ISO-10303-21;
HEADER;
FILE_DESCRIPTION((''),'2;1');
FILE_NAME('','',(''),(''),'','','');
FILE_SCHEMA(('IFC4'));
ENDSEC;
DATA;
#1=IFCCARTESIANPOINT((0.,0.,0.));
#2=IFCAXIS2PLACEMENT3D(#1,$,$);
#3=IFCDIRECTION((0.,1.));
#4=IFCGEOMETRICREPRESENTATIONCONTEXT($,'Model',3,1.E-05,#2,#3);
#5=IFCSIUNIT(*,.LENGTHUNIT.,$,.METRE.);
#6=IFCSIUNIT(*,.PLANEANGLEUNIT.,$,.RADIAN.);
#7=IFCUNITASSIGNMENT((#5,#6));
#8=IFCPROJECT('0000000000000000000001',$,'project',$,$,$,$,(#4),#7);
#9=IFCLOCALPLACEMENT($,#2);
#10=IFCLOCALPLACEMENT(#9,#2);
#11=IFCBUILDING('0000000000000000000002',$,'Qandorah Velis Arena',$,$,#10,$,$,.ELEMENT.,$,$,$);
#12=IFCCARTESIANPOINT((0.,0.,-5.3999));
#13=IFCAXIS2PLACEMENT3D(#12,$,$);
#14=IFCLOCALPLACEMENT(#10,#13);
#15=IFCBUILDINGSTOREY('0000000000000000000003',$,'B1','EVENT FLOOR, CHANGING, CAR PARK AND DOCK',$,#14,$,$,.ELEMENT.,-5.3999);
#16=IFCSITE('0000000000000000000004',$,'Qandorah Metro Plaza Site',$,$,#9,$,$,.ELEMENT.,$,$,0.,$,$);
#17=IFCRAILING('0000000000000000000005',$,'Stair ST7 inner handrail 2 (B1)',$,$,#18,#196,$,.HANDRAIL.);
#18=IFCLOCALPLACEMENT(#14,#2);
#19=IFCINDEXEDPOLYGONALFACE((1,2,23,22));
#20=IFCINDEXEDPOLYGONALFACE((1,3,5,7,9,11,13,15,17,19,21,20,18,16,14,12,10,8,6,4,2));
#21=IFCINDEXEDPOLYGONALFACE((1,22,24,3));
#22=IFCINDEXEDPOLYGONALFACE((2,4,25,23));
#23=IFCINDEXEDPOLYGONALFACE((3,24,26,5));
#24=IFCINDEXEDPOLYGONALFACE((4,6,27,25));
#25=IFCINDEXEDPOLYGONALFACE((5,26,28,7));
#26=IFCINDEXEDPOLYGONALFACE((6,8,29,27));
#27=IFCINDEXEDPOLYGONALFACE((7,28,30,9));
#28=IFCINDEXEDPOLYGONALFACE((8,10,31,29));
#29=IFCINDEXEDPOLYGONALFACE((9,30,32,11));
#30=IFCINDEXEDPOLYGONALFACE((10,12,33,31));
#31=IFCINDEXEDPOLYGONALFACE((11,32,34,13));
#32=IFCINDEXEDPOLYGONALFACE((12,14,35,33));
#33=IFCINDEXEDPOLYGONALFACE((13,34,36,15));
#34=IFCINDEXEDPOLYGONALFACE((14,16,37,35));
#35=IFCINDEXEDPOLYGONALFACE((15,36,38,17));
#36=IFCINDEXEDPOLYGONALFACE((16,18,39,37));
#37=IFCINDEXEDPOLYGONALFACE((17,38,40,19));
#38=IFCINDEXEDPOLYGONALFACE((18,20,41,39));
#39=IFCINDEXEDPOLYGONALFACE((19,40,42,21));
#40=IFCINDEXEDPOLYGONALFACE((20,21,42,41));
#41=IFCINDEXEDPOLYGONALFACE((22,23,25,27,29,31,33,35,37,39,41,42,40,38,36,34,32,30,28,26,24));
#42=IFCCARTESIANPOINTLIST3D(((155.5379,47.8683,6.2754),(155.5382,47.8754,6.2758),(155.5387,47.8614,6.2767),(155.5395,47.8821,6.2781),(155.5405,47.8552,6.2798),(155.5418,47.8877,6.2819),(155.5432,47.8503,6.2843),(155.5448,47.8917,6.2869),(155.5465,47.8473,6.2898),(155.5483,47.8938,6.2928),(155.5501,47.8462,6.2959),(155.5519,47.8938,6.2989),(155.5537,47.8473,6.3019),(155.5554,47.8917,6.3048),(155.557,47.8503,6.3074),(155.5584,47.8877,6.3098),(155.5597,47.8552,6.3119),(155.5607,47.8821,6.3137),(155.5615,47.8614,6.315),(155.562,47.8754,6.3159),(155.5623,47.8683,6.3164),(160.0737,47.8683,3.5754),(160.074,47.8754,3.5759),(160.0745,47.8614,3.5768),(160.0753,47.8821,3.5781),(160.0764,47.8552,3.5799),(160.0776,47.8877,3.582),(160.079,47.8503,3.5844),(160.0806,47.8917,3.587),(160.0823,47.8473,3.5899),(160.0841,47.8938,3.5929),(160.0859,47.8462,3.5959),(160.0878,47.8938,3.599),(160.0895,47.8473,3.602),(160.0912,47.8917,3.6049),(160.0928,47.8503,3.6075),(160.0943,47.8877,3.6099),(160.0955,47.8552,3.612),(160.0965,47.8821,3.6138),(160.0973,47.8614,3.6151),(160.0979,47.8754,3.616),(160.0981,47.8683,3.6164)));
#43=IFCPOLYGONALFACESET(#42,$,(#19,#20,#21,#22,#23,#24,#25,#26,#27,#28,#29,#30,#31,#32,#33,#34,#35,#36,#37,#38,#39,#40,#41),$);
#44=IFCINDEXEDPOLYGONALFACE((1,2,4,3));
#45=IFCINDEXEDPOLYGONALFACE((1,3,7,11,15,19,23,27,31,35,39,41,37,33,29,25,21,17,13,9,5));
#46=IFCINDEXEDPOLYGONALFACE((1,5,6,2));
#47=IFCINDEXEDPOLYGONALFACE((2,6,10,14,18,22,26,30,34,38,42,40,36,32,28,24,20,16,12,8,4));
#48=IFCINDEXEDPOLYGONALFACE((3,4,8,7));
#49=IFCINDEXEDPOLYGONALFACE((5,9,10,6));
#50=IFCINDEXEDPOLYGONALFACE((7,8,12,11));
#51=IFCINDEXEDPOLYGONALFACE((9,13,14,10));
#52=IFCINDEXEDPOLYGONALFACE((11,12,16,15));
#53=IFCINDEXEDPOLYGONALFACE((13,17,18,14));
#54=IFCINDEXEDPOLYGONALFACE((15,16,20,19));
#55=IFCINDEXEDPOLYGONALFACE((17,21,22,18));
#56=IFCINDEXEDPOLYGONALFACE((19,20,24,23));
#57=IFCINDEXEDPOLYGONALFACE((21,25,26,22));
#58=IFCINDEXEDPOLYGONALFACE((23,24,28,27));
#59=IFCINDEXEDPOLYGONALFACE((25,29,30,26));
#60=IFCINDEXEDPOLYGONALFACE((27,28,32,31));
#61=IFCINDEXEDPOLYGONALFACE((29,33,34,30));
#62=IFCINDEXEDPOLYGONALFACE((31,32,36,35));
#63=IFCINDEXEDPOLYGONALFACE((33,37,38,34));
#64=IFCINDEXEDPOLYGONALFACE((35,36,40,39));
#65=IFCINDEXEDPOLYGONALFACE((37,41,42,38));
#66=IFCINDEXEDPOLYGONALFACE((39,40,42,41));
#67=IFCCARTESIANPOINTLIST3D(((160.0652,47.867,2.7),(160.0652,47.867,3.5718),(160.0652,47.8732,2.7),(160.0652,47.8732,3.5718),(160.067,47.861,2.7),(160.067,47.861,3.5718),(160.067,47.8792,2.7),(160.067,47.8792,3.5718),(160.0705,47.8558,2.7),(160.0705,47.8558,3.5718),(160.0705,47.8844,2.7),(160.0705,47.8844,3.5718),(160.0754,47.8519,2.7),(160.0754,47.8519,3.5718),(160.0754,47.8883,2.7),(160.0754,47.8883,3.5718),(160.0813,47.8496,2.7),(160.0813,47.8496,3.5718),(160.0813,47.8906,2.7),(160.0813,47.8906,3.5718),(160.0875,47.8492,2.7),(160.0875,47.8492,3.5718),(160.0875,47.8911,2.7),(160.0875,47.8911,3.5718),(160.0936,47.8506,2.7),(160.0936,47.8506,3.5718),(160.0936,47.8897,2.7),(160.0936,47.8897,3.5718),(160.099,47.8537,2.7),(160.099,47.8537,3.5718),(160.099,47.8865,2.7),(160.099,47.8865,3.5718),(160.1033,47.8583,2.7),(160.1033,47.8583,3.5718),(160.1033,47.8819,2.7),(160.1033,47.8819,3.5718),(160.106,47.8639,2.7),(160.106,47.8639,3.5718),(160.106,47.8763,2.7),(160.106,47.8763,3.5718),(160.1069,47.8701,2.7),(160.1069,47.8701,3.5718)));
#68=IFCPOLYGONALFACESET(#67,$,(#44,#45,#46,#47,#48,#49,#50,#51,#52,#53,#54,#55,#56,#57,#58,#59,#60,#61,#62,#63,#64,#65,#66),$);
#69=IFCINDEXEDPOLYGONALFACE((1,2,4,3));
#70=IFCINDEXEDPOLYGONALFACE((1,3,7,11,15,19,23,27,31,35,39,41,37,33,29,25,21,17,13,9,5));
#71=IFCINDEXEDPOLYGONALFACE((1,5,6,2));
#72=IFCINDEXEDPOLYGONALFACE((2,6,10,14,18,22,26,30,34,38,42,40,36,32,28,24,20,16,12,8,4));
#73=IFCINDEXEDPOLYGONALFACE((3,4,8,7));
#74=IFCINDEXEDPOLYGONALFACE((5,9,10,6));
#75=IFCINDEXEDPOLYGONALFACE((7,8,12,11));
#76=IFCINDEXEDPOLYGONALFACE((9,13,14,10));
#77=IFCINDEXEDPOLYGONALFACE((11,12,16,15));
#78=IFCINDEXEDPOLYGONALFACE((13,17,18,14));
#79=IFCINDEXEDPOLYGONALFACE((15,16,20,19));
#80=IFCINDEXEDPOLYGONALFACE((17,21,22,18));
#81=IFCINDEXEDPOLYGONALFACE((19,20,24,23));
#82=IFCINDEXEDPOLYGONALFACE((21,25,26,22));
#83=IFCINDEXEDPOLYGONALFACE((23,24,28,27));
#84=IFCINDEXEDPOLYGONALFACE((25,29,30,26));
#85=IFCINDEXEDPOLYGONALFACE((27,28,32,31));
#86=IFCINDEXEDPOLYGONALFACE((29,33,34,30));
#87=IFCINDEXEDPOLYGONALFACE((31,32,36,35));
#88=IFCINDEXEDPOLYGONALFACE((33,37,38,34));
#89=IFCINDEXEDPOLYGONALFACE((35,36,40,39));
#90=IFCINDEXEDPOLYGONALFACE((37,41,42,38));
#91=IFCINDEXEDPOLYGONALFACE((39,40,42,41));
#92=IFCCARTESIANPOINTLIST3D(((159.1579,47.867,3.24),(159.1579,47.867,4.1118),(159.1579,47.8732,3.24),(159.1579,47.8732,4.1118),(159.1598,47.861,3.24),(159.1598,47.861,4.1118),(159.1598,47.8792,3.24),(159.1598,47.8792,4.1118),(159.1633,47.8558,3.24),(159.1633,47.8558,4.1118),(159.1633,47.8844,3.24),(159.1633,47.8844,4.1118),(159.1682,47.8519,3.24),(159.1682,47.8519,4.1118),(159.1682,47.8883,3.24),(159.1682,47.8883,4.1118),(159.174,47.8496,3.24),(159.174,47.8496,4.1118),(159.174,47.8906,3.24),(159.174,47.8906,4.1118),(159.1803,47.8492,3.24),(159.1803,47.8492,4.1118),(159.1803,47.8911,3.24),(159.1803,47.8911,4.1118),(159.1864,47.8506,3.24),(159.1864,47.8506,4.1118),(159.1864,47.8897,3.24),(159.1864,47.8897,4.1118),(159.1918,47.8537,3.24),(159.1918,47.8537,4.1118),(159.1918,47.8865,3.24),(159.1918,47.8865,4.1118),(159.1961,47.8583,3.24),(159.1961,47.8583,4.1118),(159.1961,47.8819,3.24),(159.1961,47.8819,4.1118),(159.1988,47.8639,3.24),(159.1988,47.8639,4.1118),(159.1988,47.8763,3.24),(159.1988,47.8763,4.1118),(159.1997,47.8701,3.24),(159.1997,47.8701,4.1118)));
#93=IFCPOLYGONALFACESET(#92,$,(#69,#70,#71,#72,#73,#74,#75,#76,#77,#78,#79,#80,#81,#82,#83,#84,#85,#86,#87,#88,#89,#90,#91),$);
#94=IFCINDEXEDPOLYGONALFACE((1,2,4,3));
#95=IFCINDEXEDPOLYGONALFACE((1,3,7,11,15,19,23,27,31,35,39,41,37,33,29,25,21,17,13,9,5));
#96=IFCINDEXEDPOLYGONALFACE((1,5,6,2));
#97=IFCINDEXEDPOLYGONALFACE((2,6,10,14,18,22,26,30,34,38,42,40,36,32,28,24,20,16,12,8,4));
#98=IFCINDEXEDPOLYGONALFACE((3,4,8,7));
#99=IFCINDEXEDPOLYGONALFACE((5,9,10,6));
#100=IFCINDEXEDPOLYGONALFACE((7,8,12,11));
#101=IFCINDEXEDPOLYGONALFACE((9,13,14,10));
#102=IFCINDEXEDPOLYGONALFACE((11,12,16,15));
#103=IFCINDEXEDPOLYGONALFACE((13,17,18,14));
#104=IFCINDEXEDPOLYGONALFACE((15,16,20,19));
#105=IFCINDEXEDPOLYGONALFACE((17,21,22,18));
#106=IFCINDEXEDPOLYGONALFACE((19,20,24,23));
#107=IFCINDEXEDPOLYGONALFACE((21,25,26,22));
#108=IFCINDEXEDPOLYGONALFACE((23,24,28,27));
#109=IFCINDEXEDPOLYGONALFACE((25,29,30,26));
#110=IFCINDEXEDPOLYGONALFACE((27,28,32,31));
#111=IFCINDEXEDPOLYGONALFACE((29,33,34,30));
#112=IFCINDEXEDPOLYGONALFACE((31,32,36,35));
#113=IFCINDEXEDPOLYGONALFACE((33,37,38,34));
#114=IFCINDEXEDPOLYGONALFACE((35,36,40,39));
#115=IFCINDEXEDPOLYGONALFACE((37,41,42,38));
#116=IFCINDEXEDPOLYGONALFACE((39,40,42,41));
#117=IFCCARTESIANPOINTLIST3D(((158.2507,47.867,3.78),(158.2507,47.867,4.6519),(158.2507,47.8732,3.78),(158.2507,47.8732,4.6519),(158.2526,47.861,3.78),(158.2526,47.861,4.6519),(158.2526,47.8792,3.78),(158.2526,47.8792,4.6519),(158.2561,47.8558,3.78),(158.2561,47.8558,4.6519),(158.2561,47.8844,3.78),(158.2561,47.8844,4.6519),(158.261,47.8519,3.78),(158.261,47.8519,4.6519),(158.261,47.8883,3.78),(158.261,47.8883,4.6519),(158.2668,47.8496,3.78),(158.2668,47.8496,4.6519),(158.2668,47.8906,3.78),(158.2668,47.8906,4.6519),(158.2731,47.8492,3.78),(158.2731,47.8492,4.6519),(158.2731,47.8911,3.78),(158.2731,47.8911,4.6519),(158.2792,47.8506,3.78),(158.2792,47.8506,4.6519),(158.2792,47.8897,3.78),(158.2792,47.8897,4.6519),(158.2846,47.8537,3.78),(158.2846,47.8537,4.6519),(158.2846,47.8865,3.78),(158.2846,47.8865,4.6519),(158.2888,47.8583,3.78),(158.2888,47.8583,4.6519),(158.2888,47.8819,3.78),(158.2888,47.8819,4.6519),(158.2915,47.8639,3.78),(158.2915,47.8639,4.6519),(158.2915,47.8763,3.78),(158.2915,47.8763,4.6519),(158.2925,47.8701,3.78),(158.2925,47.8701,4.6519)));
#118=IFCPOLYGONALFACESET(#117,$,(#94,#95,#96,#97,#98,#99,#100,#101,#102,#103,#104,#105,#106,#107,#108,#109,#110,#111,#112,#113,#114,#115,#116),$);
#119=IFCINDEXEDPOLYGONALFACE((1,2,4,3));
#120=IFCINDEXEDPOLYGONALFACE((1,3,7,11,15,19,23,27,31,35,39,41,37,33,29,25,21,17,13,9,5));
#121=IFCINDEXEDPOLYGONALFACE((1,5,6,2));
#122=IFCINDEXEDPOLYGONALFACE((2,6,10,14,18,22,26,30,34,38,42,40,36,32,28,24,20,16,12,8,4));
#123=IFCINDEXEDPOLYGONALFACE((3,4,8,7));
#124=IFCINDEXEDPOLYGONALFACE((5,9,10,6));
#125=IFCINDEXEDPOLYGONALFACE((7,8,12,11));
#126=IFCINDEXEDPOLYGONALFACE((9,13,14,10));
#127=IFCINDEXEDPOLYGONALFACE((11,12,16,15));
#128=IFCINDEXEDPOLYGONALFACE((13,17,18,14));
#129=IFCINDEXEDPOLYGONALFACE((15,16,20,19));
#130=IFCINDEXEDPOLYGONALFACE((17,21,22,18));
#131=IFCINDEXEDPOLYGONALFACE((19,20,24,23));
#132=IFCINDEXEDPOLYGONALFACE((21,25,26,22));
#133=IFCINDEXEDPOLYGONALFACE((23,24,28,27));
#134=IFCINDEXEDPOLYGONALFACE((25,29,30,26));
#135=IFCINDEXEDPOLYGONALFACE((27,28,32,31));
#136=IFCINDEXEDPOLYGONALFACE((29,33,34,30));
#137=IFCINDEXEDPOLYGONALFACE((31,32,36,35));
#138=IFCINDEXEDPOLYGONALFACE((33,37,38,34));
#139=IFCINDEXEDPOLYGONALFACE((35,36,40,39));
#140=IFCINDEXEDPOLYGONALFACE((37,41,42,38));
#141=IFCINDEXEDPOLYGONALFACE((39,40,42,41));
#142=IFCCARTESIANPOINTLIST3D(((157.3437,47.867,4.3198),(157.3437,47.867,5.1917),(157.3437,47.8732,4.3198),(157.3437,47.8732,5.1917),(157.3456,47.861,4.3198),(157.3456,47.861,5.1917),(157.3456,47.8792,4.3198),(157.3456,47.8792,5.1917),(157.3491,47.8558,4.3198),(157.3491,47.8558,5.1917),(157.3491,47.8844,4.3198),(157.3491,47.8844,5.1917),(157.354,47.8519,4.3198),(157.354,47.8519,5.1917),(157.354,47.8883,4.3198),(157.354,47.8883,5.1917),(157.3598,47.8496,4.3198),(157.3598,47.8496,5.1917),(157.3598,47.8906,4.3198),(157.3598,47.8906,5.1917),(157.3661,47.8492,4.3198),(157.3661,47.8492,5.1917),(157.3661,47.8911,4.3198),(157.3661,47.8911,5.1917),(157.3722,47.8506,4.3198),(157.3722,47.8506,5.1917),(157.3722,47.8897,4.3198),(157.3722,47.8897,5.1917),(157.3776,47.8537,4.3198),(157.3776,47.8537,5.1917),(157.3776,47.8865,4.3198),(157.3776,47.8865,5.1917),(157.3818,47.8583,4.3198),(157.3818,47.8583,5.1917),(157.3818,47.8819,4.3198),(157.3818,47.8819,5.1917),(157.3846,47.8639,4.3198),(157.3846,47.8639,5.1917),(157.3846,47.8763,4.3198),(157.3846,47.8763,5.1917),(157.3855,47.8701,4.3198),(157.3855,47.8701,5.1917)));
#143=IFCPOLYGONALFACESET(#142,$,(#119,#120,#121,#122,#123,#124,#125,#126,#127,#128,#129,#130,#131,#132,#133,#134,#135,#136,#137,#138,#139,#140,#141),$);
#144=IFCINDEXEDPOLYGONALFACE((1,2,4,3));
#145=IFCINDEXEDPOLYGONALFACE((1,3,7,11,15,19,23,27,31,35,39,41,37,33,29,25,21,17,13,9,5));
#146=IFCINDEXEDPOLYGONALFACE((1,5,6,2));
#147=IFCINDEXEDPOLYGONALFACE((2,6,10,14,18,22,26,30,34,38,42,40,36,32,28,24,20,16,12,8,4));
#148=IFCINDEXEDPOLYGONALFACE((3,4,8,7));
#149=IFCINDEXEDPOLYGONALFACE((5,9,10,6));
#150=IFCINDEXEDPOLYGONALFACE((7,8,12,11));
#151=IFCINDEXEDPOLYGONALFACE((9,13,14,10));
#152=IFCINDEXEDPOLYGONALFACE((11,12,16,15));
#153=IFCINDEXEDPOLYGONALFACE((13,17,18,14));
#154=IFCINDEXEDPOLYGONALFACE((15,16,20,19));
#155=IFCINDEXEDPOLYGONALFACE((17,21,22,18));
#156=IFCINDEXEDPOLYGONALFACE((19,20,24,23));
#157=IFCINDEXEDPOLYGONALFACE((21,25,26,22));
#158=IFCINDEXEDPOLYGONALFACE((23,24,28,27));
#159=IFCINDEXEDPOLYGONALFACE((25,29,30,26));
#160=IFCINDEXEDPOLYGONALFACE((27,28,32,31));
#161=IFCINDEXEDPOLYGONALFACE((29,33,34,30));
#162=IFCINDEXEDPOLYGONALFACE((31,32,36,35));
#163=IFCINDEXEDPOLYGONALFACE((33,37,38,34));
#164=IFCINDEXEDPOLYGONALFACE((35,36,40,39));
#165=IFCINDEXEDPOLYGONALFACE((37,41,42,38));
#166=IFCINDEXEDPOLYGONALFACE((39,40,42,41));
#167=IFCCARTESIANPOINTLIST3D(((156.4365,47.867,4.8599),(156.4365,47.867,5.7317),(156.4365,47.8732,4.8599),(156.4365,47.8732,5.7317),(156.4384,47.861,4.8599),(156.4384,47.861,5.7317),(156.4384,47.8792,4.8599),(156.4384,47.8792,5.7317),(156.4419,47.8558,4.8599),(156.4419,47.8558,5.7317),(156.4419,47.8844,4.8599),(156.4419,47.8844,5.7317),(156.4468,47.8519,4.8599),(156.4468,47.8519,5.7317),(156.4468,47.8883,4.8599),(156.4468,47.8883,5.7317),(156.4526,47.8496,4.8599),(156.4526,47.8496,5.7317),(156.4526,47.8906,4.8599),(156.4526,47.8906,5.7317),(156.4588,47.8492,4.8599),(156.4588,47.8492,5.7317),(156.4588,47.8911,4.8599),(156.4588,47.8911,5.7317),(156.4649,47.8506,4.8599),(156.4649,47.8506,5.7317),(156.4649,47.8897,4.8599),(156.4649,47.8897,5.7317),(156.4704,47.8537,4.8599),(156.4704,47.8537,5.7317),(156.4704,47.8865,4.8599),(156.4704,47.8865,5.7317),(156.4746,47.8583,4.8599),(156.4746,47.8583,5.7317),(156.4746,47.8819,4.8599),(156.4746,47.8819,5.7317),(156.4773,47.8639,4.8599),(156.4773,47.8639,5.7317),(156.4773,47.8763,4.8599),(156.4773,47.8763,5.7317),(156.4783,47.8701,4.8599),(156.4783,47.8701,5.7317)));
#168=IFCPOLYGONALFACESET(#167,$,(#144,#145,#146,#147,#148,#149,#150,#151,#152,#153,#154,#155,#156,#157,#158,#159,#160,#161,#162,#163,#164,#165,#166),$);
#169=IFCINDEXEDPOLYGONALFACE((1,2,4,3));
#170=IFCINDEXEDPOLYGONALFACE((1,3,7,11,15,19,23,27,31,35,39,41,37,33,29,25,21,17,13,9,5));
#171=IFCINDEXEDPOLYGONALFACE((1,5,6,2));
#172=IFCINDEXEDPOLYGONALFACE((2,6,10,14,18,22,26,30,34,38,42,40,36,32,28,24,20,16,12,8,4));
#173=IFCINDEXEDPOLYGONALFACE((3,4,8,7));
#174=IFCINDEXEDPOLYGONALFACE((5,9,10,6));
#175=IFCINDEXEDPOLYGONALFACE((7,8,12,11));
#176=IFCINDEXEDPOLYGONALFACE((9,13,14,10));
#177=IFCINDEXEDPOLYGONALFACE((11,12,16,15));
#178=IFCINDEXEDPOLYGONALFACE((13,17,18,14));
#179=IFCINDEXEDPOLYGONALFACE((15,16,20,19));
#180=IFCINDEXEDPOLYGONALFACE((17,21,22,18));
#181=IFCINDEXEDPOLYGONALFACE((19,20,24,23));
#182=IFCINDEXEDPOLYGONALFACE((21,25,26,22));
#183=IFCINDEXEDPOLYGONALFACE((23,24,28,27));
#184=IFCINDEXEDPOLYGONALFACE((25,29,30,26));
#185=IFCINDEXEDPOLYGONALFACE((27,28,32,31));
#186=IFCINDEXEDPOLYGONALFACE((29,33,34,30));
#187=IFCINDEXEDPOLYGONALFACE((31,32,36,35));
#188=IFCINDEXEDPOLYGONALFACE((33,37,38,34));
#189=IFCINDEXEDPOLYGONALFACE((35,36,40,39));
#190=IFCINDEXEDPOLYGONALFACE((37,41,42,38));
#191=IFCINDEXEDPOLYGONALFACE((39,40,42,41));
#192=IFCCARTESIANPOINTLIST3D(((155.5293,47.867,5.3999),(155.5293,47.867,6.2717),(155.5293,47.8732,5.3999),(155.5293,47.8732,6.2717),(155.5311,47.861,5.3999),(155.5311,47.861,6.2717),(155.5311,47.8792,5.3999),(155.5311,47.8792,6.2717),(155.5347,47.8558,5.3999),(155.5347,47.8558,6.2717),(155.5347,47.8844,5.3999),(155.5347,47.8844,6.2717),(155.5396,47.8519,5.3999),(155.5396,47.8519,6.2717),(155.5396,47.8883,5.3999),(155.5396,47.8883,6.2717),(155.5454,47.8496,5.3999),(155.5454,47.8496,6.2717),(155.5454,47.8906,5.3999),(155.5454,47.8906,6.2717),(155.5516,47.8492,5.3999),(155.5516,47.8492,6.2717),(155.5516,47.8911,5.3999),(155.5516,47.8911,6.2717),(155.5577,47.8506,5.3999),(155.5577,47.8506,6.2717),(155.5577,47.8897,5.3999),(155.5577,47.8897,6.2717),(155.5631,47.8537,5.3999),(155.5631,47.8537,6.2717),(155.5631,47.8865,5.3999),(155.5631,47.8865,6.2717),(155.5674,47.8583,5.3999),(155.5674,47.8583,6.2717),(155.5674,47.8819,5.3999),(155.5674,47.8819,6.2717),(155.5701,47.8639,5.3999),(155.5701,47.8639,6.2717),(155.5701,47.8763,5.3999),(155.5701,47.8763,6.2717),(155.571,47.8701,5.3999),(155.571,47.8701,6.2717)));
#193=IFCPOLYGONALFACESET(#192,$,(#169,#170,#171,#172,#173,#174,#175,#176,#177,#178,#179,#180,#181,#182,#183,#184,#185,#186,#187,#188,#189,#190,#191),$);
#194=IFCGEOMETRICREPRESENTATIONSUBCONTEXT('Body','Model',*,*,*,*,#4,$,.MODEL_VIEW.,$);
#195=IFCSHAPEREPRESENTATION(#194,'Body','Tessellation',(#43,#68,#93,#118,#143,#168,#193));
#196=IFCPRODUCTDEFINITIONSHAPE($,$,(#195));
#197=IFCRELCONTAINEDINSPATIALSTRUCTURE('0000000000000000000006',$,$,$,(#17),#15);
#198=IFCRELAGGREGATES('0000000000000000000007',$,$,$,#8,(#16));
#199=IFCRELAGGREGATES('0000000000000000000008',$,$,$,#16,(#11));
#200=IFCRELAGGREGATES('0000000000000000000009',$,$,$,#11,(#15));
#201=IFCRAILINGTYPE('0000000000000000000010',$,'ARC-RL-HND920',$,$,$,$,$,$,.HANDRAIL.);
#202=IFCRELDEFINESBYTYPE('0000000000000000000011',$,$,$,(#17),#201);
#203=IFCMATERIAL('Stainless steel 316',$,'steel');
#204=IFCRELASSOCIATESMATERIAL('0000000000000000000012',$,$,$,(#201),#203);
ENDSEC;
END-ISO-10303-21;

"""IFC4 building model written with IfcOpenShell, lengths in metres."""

from ifc_helpers import new_model, si_unit, direction, frame, origin, origin_2d, place, context, subcontext, project, spatial, circle, extrude, material, type_object, element, save


model = new_model("IFC4")

# Units and contexts
model_context = context("Model", 3, precision=1e-05, world=origin(), true_north=direction((0.0, 1.0)))
body_context = subcontext(model_context, "Body", "Model", "MODEL_VIEW")
ifc_project = project(units=[si_unit("LENGTHUNIT", "METRE"), si_unit("PLANEANGLEUNIT", "RADIAN")], contexts=[model_context])

# Site, building, storey
site_placement = place(None, origin())
site = spatial("IfcSite", under=ifc_project, at=site_placement, Name="Qandorah Metro Plaza Site", CompositionType="ELEMENT", RefElevation=0.0)
building_placement = place(site_placement, origin())
building = spatial("IfcBuilding", under=site, at=building_placement, Name="Qandorah Velis Arena", CompositionType="ELEMENT")
storey_placement = place(building_placement, frame((0.0, 0.0, -5.3999)))
storey = spatial("IfcBuildingStorey", under=building, at=storey_placement, Name="B1", Description="EVENT FLOOR, CHANGING, CAR PARK AND DOCK", CompositionType="ELEMENT", Elevation=-5.3999)

# Railing
ifc_material_1 = material(Name="Stainless steel 316", Category="steel")
railing_type_1 = type_object("IfcRailingType", Name="ARC-RL-HND920", PredefinedType="HANDRAIL", material=ifc_material_1)
railing_1_placement = place(storey_placement, frame((160.0859, 47.8701, 2.7)))
element("IfcRailing", 1, at=railing_1_placement, inside=storey, type_object=railing_type_1, Name="Stair ST7 inner handrail 2 (B1)", PredefinedType="HANDRAIL", context=body_context, shape_type="SweptSolid", body=[
    extrude(circle(Radius=0.0239, at=origin_2d()), frame((0.0, 0.0, 0.896), z_axis=(-0.859291, 0.0, 0.511486), x_axis=(0.0, -1.0, 0.0)), (0.0, 0.0, 1.0), 5.2786),
    extrude(circle(Radius=0.021, at=origin_2d()), origin(), (0.0, 0.0, 1.0), 0.8718),
    extrude(circle(Radius=0.021, at=origin_2d()), frame((-0.9072, 0.0, 0.54)), (0.0, 0.0, 1.0), 0.8718),
    extrude(circle(Radius=0.021, at=origin_2d()), frame((-1.8145, 0.0, 1.0801)), (0.0, 0.0, 1.0), 0.8718),
    extrude(circle(Radius=0.021, at=origin_2d()), frame((-2.7214, 0.0, 1.6199)), (0.0, 0.0, 1.0), 0.8718),
    extrude(circle(Radius=0.021, at=origin_2d()), frame((-3.6287, 0.0, 2.1599)), (0.0, 0.0, 1.0), 0.8718),
    extrude(circle(Radius=0.021, at=origin_2d()), frame((-4.5359, 0.0, 2.7)), (0.0, 0.0, 1.0), 0.8718),
])

save(model, "model.ifc")
